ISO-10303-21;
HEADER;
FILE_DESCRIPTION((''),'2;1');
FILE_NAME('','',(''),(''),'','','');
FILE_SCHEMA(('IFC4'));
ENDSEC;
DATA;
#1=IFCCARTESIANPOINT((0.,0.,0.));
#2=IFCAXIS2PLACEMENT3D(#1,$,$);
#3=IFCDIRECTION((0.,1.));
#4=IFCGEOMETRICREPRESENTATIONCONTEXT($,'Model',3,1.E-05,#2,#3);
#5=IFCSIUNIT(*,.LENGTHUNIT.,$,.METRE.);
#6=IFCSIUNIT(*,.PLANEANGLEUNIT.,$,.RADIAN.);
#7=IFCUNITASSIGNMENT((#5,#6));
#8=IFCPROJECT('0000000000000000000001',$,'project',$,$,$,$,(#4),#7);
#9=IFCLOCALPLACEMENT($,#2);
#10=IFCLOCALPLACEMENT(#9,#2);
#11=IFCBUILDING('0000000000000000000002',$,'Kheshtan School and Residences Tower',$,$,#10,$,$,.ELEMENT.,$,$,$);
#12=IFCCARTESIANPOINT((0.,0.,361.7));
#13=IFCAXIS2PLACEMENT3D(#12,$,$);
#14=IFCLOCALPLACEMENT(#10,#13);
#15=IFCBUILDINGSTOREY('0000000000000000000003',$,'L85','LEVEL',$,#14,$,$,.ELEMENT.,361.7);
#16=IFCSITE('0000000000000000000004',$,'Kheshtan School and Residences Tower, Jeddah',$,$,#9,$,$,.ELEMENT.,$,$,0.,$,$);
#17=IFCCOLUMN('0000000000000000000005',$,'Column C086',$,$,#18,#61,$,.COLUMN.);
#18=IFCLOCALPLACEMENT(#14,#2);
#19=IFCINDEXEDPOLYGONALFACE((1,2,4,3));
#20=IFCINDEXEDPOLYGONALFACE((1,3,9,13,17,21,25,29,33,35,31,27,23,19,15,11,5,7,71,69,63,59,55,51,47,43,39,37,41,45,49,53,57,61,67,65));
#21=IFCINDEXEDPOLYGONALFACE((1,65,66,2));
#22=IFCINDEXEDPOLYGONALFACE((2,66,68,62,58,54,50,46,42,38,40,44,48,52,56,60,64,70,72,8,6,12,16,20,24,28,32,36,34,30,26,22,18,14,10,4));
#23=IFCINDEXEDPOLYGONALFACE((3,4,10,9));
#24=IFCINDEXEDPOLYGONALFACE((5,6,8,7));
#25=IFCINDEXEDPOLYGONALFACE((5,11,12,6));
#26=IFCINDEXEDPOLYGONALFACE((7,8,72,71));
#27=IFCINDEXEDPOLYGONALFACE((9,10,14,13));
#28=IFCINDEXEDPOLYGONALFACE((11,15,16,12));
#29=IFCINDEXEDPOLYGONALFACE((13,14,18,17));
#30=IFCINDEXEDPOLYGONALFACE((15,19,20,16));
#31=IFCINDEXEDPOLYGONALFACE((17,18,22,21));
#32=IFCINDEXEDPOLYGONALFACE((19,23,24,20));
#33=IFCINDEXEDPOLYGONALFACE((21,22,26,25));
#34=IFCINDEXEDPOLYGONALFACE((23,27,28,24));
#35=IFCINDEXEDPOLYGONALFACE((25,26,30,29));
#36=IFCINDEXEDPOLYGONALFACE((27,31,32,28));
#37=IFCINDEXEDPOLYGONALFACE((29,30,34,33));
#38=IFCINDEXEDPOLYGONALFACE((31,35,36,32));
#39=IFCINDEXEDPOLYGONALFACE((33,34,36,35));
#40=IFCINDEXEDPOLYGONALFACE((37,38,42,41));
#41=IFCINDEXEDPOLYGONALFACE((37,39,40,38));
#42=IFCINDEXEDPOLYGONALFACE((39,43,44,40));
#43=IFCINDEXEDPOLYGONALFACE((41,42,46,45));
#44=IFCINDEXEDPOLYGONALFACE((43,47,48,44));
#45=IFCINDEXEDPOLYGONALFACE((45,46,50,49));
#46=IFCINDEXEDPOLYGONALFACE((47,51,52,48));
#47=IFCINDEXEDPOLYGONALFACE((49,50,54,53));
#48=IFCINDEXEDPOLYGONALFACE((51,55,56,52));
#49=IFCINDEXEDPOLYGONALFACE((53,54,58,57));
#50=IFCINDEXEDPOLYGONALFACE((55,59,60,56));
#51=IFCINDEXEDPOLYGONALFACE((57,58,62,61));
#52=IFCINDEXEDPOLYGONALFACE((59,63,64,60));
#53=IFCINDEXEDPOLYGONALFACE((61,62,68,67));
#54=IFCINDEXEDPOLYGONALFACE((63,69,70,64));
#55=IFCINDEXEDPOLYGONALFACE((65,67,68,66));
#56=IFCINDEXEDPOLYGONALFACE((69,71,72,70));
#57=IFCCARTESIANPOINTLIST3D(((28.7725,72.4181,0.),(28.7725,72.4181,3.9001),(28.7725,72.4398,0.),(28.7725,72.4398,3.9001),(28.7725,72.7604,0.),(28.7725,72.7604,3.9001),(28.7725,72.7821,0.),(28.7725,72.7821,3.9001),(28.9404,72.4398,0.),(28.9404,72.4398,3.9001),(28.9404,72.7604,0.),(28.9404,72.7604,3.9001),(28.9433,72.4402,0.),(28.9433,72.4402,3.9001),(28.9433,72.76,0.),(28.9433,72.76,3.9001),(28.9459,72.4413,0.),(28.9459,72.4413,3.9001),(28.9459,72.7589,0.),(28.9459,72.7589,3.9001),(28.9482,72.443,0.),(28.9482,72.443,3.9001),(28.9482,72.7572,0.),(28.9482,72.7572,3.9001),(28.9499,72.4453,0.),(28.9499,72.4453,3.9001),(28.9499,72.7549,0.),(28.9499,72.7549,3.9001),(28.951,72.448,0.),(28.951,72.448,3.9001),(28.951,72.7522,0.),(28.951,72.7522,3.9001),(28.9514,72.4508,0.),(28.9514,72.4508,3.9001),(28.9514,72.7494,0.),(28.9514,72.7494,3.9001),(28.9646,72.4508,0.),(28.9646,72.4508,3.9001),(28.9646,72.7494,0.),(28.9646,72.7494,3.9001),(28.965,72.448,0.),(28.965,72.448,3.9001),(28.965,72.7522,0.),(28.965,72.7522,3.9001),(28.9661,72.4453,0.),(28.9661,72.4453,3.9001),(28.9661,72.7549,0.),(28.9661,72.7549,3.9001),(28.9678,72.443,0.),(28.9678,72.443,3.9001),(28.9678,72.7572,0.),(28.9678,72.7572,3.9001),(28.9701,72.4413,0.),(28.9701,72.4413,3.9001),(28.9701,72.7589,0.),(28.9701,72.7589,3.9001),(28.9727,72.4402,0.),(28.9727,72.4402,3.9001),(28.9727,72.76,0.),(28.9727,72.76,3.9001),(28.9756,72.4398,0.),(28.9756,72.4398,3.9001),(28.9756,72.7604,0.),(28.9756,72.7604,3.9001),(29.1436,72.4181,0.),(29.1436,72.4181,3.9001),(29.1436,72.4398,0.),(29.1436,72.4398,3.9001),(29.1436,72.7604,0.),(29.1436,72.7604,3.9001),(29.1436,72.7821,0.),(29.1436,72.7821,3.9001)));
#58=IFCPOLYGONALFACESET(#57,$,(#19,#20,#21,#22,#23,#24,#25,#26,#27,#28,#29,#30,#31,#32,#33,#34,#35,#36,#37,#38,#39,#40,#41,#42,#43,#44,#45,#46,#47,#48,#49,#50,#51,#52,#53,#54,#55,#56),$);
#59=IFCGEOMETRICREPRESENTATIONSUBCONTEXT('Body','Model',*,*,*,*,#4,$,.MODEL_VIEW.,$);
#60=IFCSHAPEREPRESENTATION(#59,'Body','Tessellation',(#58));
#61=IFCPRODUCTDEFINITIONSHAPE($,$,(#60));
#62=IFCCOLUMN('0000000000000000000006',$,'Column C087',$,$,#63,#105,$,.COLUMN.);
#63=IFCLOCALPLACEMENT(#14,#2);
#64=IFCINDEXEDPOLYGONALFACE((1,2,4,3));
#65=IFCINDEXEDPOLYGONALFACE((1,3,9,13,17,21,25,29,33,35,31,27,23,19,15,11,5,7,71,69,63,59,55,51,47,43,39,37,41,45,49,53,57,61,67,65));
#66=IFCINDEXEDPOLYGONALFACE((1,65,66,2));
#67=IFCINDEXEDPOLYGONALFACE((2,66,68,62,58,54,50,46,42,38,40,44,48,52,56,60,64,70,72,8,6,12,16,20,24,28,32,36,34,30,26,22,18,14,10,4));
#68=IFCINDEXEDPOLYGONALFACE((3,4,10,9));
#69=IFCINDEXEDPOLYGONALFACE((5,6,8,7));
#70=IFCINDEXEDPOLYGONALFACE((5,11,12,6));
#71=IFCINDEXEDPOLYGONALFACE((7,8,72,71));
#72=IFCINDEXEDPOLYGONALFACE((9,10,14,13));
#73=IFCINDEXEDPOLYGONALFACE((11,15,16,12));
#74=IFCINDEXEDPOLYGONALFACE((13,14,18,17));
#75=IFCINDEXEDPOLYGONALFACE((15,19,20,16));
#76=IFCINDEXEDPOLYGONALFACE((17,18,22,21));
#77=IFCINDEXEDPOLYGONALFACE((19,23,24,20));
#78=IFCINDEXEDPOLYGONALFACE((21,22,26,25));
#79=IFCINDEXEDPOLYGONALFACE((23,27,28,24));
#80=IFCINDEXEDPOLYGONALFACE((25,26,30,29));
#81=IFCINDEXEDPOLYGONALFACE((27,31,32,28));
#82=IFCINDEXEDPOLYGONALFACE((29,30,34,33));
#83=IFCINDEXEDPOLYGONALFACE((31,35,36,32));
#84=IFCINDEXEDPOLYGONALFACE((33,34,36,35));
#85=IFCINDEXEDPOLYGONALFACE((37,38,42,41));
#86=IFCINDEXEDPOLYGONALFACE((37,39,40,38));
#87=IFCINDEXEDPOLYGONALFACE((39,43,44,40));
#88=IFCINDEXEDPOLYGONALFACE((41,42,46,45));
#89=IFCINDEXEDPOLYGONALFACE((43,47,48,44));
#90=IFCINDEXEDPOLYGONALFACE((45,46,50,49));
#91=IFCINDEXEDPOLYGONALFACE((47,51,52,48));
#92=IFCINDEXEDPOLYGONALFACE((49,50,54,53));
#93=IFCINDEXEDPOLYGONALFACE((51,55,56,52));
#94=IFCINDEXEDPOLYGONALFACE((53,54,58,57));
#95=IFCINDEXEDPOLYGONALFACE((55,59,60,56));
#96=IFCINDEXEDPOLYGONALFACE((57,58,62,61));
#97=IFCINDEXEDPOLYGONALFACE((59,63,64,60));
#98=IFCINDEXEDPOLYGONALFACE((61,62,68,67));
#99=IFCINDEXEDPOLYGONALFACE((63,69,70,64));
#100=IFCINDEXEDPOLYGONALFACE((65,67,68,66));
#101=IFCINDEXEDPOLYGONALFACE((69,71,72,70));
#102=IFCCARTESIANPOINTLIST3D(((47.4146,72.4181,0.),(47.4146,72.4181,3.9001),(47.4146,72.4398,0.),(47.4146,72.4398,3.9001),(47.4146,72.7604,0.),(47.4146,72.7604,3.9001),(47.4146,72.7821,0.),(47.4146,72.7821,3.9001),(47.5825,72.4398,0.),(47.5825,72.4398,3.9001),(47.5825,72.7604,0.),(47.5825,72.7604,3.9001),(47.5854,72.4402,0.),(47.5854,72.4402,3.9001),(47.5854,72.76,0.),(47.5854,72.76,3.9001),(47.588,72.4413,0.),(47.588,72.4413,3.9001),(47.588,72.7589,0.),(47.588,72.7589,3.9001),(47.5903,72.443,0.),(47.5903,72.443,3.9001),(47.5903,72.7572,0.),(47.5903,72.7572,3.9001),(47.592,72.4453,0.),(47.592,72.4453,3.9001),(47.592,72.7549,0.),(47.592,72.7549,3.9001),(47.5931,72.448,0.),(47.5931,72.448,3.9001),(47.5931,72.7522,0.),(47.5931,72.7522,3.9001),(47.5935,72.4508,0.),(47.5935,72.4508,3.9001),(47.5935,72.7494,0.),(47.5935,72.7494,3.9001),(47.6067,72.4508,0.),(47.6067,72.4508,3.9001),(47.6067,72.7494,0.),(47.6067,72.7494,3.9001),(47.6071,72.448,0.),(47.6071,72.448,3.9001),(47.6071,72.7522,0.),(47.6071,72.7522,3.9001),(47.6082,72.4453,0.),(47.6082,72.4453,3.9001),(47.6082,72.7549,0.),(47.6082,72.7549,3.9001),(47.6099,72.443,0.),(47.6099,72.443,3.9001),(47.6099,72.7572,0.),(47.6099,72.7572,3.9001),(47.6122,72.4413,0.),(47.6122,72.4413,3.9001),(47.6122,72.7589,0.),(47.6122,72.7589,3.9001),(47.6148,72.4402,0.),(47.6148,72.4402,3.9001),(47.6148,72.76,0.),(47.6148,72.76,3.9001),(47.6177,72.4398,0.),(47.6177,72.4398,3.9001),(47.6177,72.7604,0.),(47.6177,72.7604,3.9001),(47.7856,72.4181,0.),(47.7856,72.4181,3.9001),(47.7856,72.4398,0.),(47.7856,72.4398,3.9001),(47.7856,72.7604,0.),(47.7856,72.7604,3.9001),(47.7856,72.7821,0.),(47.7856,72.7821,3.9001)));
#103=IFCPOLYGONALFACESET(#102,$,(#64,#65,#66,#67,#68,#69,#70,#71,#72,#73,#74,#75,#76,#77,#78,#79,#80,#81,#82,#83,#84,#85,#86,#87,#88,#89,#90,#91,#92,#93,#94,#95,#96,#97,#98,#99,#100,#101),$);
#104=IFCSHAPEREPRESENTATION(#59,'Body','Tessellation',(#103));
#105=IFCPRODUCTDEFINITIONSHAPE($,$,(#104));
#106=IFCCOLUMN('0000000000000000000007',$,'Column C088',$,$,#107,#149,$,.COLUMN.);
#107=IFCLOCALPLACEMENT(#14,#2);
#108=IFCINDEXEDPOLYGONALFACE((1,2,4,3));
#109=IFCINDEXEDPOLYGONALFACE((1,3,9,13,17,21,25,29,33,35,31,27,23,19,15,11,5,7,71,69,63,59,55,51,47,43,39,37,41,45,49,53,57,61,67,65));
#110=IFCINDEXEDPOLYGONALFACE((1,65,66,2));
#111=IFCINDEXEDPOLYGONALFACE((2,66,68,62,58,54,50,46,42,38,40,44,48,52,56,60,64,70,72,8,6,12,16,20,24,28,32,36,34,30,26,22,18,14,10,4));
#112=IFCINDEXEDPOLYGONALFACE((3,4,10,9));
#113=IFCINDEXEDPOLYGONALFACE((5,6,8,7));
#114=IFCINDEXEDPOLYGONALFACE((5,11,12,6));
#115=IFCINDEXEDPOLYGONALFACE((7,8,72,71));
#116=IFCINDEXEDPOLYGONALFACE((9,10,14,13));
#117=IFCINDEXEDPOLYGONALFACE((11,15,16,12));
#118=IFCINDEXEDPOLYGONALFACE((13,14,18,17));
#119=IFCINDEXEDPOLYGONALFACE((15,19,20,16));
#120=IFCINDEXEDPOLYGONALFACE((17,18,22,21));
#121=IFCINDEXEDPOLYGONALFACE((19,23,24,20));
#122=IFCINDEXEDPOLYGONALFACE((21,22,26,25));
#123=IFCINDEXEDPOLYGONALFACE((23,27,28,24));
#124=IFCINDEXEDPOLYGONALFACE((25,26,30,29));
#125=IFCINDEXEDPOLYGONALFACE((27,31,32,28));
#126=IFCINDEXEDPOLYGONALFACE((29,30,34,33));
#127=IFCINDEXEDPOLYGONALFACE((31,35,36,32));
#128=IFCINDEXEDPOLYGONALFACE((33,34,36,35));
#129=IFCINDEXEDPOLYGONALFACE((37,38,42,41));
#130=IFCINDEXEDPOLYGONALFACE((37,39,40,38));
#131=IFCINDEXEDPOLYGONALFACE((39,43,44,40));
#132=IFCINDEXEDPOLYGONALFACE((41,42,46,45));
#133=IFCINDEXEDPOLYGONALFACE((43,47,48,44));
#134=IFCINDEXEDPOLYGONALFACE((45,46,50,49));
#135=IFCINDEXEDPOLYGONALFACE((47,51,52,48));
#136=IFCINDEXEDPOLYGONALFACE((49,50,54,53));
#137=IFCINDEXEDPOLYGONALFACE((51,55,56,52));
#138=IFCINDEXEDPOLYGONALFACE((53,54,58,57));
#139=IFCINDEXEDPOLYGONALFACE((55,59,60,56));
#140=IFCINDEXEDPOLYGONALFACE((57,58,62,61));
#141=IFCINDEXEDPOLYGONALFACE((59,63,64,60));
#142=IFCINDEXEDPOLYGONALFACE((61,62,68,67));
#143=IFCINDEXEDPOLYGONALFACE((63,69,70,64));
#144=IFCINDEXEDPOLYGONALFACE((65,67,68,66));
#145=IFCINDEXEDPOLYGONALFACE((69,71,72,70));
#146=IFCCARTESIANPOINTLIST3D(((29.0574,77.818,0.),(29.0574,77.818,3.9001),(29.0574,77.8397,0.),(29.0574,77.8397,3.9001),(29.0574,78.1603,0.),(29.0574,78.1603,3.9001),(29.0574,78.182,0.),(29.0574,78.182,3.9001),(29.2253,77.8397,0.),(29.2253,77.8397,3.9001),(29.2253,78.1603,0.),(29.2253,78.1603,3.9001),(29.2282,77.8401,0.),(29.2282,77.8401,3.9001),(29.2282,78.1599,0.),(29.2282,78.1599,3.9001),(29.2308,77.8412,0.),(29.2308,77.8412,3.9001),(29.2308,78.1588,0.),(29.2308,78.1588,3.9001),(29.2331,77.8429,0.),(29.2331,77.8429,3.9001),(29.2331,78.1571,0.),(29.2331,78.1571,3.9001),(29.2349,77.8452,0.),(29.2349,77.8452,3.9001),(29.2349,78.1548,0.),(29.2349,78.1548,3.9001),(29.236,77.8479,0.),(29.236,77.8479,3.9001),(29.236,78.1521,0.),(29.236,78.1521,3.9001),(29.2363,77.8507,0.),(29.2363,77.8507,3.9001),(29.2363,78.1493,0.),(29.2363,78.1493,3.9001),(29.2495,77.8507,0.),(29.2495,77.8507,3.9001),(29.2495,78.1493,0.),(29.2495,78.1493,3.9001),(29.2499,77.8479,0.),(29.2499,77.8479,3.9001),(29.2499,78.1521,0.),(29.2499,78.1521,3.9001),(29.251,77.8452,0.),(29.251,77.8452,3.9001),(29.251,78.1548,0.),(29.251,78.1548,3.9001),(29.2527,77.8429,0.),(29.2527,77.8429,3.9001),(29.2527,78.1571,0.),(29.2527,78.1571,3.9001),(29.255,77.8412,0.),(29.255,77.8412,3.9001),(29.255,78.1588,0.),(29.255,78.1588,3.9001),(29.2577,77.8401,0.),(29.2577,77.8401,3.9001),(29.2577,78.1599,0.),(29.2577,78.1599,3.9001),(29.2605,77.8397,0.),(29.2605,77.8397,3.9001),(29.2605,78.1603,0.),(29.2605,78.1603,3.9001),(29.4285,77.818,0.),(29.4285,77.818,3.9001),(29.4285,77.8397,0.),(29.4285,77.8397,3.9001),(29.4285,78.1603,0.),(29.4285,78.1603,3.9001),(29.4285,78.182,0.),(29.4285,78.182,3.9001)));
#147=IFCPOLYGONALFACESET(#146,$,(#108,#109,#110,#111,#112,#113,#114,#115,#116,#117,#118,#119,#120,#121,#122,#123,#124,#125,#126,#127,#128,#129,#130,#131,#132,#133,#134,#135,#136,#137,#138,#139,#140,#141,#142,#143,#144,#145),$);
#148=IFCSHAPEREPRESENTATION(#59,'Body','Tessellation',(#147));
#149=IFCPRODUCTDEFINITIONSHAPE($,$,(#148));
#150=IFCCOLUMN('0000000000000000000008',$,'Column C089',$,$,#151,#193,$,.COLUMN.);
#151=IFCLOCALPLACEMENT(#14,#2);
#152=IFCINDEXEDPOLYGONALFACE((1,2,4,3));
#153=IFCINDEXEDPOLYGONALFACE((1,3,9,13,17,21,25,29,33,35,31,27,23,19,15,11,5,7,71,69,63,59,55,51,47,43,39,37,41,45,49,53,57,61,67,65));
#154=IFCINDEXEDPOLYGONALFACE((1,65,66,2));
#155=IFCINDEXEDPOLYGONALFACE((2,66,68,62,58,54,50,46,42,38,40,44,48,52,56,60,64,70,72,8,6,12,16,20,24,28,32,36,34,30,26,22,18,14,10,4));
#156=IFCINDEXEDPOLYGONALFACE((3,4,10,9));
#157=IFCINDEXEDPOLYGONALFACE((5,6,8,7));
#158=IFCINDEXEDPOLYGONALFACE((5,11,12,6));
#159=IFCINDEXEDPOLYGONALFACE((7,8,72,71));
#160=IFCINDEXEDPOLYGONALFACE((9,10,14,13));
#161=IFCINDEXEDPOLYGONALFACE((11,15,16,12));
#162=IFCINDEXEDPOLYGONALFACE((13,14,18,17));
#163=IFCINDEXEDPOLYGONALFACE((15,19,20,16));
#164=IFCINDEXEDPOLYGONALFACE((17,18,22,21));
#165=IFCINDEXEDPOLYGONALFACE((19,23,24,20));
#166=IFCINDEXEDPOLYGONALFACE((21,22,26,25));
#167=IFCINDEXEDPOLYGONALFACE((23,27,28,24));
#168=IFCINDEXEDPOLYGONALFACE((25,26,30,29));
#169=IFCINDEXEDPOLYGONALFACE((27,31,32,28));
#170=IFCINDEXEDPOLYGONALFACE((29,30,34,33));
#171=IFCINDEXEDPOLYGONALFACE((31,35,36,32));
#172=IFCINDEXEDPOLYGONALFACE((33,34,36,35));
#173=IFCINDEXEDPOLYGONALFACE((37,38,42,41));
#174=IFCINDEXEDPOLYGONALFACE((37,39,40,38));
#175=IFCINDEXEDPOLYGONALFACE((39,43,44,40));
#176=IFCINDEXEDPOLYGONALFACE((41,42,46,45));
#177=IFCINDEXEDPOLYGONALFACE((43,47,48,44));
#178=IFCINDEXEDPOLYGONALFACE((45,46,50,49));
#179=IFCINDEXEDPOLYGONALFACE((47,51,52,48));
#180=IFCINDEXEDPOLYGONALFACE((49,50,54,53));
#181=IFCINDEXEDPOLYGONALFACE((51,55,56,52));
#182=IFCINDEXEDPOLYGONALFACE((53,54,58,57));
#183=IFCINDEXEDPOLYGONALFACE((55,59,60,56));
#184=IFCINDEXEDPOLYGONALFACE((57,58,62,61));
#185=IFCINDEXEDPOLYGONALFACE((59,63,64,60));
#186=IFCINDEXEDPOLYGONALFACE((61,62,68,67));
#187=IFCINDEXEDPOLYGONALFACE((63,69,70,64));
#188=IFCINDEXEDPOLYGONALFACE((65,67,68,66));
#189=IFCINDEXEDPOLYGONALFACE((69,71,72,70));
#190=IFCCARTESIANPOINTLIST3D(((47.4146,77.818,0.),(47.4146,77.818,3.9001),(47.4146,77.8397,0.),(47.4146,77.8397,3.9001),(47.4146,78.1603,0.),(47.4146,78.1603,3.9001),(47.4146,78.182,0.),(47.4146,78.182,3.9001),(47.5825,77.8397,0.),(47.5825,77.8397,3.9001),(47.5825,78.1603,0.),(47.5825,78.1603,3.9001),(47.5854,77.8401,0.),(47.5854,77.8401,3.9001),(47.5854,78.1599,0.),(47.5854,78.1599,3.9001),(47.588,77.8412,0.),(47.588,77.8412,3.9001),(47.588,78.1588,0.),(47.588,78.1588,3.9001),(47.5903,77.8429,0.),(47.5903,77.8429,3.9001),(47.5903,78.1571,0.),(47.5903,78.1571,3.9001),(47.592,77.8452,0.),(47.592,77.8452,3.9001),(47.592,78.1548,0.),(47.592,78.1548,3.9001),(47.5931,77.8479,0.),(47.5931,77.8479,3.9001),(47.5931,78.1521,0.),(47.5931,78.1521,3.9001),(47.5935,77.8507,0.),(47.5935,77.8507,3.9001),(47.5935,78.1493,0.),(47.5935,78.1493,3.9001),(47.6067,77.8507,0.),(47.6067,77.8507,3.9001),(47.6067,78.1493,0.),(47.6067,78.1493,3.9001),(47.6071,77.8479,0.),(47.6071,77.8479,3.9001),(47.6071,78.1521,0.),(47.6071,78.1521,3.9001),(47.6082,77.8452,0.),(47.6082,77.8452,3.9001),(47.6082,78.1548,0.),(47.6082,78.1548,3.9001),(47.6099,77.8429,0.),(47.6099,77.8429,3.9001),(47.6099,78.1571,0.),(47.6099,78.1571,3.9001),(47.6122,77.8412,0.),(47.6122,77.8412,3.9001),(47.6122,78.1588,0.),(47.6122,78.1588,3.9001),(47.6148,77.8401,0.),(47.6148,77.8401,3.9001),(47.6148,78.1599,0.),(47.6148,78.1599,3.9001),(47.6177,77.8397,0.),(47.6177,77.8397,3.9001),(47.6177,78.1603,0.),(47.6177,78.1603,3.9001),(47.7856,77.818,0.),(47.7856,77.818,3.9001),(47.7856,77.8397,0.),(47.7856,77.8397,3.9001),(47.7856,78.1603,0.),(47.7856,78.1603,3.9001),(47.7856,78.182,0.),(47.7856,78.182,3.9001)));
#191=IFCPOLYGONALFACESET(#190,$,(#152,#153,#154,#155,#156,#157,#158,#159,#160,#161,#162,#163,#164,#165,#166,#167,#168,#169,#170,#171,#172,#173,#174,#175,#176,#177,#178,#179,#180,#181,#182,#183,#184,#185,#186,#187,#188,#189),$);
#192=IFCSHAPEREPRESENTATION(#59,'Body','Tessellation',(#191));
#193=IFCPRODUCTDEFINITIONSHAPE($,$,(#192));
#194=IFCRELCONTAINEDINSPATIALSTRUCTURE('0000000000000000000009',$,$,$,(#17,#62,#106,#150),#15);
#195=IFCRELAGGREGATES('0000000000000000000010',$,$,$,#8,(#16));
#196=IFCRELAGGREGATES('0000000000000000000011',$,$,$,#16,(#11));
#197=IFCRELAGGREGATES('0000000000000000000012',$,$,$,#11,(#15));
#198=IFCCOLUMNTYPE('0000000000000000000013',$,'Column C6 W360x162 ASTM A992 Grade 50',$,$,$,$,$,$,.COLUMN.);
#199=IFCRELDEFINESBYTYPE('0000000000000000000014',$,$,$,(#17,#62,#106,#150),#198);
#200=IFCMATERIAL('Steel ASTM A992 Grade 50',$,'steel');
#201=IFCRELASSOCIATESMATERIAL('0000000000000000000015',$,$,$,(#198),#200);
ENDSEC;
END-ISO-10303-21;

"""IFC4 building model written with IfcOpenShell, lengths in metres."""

from ifc_helpers import new_model, si_unit, direction, frame, origin, origin_2d, place, context, subcontext, project, spatial, i_section, extrude, material, material_profile, profile_set, type_object, element, save


model = new_model("IFC4")

# Units and contexts
model_context = context("Model", 3, precision=1e-05, world=origin(), true_north=direction((0.0, 1.0)))
body_context = subcontext(model_context, "Body", "Model", "MODEL_VIEW")
ifc_project = project(units=[si_unit("LENGTHUNIT", "METRE"), si_unit("PLANEANGLEUNIT", "RADIAN")], contexts=[model_context])

# Site, building, storey
site_placement = place(None, origin())
site = spatial("IfcSite", under=ifc_project, at=site_placement, Name="Kheshtan School and Residences Tower, Jeddah", CompositionType="ELEMENT", RefElevation=0.0)
building_placement = place(site_placement, origin())
building = spatial("IfcBuilding", under=site, at=building_placement, Name="Kheshtan School and Residences Tower", CompositionType="ELEMENT")
storey_placement = place(building_placement, frame((0.0, 0.0, 361.7)))
storey = spatial("IfcBuildingStorey", under=building, at=storey_placement, Name="L85", Description="LEVEL", CompositionType="ELEMENT", Elevation=361.7)

# Columns
ifc_material_1 = material(Name="Steel ASTM A992 Grade 50", Category="steel")
ifc_material_profile_1 = material_profile(ifc_material_1, i_section(OverallWidth=0.3711, OverallDepth=0.364, WebThickness=0.0132, FlangeThickness=0.0217, FilletRadius=0.011, at=origin_2d()), Name="W360x162")
ifc_profile_set_1 = profile_set([ifc_material_profile_1], Name="Steel ASTM A992 Grade 50")
column_type = type_object("IfcColumnType", Name="Column C6 W360x162 ASTM A992 Grade 50", PredefinedType="COLUMN", material=ifc_profile_set_1)
for number, where, z_axis, x_axis, name in (
    (1, (28.958, 72.6001, 0.0), (0.0, 0.0, 1.0), (1.0, 0.0, 0.0), "Column C086"),
    (2, (47.6001, 72.6001, 0.0), (0.0, 0.0, 1.0), (1.0, 0.0, 0.0), "Column C087"),
    (3, (29.2429, 78.0, 0.0), (0.0, 0.0, 1.0), (1.0, 0.0, 0.0), "Column C088"),
    (4, (47.6001, 78.0, 0.0), (0.0, 0.0, 1.0), (1.0, 0.0, 0.0), "Column C089"),
):
    element("IfcColumn", number, at=place(storey_placement, frame(where, z_axis=z_axis, x_axis=x_axis)), inside=storey, type_object=column_type, Name=name, PredefinedType="COLUMN", context=body_context, shape_type="SweptSolid", body=[
        extrude(i_section(OverallWidth=0.3711, OverallDepth=0.364, WebThickness=0.0132, FlangeThickness=0.0217, FilletRadius=0.011, at=origin_2d()), origin(), (0.0, 0.0, 1.0), 3.9001),
    ])

save(model, "model.ifc")
